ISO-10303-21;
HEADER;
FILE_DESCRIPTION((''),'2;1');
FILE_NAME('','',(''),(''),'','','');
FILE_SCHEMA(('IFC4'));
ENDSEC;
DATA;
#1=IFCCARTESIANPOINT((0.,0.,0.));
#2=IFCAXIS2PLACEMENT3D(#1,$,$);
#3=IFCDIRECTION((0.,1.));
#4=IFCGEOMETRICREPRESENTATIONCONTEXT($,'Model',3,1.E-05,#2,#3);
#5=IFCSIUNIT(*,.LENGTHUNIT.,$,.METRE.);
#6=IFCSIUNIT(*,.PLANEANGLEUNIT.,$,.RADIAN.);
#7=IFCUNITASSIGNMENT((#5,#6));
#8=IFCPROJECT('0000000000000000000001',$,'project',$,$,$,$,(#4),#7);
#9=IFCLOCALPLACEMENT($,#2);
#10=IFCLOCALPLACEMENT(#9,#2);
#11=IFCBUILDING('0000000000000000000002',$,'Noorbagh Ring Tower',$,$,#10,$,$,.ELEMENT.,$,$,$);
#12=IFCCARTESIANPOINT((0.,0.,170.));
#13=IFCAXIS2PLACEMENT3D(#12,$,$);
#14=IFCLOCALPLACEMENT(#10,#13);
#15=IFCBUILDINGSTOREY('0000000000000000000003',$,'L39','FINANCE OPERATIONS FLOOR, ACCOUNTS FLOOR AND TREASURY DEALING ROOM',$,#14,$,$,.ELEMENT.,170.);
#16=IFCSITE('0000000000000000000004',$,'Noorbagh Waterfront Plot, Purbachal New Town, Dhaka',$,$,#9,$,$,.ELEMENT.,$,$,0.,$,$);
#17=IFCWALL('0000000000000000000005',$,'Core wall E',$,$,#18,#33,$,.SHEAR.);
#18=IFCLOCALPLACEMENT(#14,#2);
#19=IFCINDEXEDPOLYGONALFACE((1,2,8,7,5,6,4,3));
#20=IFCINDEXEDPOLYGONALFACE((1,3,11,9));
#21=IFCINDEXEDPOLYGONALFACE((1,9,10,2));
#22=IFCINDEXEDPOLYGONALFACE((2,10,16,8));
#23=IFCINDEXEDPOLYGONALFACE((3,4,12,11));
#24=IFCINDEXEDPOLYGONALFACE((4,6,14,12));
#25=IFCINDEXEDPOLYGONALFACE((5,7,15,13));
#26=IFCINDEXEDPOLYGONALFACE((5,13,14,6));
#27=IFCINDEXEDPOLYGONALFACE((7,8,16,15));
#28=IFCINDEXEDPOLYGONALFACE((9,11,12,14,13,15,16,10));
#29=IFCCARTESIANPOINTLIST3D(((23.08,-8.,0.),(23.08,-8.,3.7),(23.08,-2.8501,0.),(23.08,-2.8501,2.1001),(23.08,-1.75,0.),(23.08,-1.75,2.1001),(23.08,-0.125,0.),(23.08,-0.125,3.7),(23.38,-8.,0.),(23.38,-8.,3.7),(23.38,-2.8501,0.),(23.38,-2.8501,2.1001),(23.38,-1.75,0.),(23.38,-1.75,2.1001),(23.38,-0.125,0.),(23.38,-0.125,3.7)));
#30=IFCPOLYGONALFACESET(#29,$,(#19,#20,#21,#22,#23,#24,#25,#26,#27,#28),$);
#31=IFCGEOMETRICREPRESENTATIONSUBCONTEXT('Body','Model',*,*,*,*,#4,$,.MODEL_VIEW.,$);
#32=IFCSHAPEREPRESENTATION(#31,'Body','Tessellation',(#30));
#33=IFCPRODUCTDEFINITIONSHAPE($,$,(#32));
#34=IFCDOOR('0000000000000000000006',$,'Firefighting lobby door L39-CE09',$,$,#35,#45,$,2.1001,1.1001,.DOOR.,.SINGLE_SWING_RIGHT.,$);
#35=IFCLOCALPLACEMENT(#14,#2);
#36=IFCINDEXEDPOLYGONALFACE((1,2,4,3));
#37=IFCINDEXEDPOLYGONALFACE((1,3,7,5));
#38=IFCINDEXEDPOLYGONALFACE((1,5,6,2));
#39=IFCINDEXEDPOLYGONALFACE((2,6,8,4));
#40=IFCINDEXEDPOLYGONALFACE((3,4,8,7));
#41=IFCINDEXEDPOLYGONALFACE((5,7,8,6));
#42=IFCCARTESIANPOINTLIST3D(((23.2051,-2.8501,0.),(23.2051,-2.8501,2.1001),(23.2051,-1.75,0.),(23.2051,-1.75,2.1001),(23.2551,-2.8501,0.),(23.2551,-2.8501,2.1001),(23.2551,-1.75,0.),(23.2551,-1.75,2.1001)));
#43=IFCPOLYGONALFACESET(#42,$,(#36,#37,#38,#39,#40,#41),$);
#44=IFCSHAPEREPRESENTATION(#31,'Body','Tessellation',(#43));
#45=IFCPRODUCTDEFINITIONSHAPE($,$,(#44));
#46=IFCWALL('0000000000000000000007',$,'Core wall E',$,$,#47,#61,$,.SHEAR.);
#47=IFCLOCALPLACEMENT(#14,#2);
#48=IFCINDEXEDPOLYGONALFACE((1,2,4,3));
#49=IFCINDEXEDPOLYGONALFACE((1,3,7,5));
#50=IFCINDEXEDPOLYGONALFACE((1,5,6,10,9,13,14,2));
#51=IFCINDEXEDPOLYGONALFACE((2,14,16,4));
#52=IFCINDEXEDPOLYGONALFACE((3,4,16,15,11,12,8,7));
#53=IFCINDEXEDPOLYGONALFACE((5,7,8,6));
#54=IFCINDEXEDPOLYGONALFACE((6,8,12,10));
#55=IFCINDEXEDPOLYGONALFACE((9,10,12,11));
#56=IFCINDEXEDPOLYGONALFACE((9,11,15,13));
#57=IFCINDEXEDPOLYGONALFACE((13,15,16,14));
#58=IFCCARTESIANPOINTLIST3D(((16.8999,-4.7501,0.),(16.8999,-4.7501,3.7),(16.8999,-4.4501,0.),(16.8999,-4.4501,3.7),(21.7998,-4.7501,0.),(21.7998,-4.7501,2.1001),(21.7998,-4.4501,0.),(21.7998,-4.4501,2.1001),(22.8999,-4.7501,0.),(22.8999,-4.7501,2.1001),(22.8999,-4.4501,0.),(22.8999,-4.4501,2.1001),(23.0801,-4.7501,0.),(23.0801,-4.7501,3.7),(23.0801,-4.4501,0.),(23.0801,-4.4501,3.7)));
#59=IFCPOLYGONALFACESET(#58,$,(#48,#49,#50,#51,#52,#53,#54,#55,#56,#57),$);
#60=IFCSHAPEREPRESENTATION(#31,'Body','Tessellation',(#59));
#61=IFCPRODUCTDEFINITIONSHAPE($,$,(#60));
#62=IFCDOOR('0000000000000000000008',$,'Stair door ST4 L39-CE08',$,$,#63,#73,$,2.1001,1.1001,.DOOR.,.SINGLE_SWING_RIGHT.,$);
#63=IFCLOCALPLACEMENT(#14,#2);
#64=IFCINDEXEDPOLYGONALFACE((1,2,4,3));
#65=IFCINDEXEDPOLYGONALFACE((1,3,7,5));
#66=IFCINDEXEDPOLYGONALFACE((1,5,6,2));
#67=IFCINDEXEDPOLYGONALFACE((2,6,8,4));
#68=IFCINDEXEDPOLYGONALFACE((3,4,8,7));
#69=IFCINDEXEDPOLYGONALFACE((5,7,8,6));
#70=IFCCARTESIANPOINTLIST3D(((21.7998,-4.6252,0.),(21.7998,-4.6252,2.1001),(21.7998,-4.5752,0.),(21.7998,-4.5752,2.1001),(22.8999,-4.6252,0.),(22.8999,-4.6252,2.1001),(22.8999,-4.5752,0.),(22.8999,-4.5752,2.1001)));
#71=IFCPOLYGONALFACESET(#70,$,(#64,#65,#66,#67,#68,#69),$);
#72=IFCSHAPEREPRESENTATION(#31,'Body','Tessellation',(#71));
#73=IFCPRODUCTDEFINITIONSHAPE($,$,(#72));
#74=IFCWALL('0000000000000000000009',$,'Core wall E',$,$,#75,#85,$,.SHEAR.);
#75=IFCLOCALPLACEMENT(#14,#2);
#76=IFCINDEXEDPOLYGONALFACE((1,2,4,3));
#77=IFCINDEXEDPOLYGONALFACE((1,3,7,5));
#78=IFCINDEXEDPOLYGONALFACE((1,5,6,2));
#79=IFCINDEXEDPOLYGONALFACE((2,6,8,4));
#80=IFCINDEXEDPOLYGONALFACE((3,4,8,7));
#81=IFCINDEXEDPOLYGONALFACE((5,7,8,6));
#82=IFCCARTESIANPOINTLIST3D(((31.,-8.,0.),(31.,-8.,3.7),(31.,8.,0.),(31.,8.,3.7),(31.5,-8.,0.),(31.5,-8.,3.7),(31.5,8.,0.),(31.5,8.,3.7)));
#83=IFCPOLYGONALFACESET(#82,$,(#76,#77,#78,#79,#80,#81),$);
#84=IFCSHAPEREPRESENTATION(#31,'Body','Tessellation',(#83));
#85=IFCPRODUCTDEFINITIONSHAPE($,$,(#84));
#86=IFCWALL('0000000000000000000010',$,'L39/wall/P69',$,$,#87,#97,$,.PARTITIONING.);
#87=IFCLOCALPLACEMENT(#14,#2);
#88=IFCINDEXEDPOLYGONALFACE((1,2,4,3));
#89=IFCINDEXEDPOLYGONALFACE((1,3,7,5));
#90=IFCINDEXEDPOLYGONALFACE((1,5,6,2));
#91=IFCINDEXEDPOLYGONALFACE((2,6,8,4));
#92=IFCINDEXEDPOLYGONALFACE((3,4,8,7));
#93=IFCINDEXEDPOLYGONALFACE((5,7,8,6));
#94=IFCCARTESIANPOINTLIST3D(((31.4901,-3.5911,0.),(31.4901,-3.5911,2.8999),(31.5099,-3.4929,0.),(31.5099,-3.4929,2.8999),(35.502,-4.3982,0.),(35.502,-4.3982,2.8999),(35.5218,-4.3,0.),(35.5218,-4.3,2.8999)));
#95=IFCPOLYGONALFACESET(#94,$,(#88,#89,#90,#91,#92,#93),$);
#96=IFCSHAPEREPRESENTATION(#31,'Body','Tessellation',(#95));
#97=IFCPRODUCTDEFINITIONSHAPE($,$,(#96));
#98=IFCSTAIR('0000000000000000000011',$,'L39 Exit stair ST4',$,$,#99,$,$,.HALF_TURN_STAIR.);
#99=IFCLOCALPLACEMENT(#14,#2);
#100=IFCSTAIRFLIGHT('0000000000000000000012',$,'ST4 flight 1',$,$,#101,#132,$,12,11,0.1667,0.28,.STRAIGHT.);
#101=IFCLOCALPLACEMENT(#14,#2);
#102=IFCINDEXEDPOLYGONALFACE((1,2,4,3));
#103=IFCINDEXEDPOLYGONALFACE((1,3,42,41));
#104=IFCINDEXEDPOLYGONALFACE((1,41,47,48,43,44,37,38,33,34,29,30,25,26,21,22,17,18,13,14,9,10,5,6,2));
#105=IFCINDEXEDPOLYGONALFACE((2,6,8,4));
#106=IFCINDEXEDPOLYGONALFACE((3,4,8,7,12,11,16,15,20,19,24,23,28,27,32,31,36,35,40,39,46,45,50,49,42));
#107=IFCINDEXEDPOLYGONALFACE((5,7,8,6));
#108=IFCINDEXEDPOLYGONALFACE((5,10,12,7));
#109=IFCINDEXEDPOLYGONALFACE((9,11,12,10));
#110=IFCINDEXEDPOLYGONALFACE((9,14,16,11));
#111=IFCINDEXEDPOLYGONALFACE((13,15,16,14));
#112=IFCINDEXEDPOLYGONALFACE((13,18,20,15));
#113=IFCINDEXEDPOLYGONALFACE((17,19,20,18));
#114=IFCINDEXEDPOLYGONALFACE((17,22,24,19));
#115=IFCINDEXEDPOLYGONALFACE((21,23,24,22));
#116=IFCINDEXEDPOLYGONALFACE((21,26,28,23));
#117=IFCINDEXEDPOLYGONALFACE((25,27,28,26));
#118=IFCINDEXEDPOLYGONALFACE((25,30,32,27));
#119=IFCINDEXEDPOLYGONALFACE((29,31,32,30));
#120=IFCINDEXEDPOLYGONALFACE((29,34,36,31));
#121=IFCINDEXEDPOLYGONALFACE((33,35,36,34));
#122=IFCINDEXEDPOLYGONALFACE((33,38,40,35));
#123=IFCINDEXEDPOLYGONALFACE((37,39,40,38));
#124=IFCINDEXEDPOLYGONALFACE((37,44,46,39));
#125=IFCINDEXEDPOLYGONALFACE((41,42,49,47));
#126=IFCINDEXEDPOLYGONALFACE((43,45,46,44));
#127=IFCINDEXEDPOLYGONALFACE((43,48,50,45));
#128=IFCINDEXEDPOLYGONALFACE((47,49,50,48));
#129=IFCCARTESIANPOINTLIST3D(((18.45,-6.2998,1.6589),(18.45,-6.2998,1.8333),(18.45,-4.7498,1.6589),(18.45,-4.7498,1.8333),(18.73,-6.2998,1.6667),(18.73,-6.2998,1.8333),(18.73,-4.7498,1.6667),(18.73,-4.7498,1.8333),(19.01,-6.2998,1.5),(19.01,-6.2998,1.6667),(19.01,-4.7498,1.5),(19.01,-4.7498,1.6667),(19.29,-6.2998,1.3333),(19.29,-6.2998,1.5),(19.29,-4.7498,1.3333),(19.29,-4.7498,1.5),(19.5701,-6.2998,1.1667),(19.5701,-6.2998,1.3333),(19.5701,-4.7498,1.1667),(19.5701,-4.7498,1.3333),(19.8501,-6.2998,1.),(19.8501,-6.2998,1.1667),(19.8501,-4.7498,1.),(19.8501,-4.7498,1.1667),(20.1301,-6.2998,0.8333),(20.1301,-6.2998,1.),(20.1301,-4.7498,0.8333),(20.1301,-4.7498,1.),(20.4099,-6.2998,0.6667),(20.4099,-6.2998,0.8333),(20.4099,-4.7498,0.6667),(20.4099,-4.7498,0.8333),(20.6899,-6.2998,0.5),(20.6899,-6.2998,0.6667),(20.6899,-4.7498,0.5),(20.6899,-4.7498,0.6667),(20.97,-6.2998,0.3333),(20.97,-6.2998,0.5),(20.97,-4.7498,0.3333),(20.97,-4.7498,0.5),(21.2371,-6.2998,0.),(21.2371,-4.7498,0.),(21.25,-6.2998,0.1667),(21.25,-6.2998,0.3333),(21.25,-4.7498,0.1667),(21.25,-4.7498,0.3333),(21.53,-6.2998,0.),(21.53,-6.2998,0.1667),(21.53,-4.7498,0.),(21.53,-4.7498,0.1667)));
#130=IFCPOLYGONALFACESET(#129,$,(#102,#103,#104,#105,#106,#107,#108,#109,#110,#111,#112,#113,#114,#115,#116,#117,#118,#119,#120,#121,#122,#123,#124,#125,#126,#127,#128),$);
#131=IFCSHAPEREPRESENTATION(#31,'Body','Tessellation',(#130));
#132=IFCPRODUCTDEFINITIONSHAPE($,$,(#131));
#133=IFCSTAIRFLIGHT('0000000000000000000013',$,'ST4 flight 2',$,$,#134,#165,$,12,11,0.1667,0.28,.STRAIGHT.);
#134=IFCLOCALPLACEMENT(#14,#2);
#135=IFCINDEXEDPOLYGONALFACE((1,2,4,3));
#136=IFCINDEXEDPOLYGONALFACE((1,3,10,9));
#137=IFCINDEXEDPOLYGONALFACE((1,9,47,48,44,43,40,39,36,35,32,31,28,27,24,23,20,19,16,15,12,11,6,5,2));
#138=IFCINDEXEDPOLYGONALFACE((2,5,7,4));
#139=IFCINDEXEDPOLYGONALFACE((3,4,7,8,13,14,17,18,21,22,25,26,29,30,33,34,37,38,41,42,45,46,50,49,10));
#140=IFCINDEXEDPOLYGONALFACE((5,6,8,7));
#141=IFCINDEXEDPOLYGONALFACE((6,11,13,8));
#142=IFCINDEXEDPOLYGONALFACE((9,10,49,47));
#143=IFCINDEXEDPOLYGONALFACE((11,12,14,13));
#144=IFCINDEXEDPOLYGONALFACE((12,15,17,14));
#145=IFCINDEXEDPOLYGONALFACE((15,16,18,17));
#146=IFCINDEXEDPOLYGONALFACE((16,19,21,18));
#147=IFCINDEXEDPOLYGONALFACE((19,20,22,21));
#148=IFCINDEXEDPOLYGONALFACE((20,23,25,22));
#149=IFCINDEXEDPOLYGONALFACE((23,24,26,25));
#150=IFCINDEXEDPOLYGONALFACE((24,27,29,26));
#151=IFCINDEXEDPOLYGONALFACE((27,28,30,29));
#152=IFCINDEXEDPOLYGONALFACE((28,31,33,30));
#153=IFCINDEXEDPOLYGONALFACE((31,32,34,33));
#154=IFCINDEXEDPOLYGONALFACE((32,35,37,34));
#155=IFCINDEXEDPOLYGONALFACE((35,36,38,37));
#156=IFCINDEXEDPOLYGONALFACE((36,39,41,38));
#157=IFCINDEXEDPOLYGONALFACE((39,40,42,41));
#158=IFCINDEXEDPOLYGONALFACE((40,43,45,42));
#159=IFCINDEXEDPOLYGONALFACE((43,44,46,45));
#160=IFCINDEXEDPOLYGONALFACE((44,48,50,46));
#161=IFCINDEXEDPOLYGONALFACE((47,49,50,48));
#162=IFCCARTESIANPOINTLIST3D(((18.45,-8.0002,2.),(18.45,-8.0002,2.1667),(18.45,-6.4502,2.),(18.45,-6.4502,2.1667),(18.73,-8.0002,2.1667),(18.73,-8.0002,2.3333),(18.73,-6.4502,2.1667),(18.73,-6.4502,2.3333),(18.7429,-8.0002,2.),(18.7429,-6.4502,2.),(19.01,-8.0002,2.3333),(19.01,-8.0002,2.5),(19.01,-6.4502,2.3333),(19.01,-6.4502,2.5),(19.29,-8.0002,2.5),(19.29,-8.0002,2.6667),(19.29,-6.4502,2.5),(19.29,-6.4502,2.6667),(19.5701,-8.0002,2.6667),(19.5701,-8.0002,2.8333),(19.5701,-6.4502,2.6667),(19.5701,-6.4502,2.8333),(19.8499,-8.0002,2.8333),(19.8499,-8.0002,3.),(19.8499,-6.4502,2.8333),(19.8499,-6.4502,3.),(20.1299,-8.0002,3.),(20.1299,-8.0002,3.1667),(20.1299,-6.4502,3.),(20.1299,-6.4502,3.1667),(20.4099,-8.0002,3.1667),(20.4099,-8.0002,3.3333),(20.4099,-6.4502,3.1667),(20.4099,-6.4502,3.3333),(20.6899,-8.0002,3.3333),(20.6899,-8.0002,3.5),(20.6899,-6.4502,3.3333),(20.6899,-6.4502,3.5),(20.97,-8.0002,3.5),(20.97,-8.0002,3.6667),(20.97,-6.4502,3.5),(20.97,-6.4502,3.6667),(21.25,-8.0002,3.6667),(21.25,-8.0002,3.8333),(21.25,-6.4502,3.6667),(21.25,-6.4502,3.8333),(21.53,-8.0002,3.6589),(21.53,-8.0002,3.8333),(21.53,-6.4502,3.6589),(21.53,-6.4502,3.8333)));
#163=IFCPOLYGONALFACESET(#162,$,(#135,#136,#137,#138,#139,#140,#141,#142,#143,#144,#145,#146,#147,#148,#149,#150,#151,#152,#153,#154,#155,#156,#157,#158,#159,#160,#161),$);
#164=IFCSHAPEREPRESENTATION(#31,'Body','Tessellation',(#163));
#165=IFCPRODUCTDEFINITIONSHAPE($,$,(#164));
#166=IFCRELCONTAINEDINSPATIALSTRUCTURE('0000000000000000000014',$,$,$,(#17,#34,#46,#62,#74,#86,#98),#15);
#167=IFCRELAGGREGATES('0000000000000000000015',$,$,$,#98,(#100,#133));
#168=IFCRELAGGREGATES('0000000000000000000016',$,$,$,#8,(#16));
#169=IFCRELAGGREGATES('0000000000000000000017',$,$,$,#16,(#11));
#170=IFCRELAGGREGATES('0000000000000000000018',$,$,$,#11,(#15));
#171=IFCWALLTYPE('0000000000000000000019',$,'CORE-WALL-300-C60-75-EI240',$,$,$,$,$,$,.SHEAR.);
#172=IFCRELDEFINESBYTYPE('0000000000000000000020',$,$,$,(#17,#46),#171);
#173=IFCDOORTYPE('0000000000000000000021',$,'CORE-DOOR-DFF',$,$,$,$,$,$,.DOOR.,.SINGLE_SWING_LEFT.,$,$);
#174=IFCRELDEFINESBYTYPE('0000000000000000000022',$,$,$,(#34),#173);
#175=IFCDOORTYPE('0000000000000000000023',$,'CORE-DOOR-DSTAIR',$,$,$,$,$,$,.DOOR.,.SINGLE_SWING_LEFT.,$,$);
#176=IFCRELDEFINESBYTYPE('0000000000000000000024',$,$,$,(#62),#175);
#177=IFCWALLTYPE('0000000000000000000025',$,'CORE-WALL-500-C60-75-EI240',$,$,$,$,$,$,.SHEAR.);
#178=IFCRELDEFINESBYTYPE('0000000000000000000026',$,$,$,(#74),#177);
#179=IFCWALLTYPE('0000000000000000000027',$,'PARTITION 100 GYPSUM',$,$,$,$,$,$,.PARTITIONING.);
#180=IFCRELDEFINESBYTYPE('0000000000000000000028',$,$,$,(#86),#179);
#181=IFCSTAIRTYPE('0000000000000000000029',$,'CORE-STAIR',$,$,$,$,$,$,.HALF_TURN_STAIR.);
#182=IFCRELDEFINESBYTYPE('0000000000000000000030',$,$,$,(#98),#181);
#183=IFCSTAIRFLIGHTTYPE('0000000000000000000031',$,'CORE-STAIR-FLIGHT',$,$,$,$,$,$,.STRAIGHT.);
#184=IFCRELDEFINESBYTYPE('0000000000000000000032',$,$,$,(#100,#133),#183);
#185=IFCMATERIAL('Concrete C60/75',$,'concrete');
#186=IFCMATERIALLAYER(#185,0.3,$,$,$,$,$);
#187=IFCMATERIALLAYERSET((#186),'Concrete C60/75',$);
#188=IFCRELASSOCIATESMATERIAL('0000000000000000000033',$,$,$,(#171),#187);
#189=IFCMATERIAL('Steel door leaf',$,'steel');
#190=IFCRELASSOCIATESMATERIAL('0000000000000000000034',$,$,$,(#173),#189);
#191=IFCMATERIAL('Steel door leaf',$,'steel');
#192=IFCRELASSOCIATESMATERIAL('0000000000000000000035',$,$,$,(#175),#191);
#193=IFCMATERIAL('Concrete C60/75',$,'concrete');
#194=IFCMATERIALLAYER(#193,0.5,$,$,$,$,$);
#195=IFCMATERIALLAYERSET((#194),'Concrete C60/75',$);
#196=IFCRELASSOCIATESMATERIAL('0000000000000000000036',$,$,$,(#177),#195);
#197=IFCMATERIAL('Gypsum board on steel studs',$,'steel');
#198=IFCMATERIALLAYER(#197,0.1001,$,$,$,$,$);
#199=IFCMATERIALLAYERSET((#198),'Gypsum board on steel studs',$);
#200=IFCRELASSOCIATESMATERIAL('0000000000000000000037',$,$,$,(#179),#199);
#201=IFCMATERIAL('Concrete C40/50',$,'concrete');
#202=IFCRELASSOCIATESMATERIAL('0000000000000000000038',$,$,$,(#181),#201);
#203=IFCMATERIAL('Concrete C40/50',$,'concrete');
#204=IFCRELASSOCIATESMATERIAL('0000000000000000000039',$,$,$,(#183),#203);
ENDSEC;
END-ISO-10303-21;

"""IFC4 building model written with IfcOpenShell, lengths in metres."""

from ifc_helpers import new_model, si_unit, direction, frame, frame_2d, origin, place, context, subcontext, project, spatial, polyline, rectangle, outline, extrude, material, layer, layer_set, type_object, element, fill, aggregate, save


model = new_model("IFC4")

# Units and contexts
model_context = context("Model", 3, precision=1e-05, world=origin(), true_north=direction((0.0, 1.0)))
body_context = subcontext(model_context, "Body", "Model", "MODEL_VIEW")
ifc_project = project(units=[si_unit("LENGTHUNIT", "METRE"), si_unit("PLANEANGLEUNIT", "RADIAN")], contexts=[model_context])

# Site, building, storey
site_placement = place(None, origin())
site = spatial("IfcSite", under=ifc_project, at=site_placement, Name="Noorbagh Waterfront Plot, Purbachal New Town, Dhaka", CompositionType="ELEMENT", RefElevation=0.0)
building_placement = place(site_placement, origin())
building = spatial("IfcBuilding", under=site, at=building_placement, Name="Noorbagh Ring Tower", CompositionType="ELEMENT")
storey_placement = place(building_placement, frame((0.0, 0.0, 170.0)))
storey = spatial("IfcBuildingStorey", under=building, at=storey_placement, Name="L39", Description="FINANCE OPERATIONS FLOOR, ACCOUNTS FLOOR AND TREASURY DEALING ROOM", CompositionType="ELEMENT", Elevation=170.0)

# Shared definitions
ifc_material_1 = material(Name="Concrete C60/75", Category="concrete")
ifc_layer_1 = layer(ifc_material_1, 0.3)
ifc_layer_set_1 = layer_set([ifc_layer_1], Name="Concrete C60/75")
wall_type_1 = type_object("IfcWallType", Name="CORE-WALL-300-C60-75-EI240", PredefinedType="SHEAR", material=ifc_layer_set_1)

# Walls, openings, doors
wall_1_placement = place(storey_placement, frame((23.23, -8.0, 0.0), z_axis=(0.0, 0.0, 1.0), x_axis=(0.0, 1.0, 0.0)))
wall_1 = element("IfcWall", 1, at=wall_1_placement, inside=storey, type_object=wall_type_1, Name="Core wall E", PredefinedType="SHEAR", context=body_context, shape_type="SweptSolid", body=[
    extrude(rectangle(XDim=7.875, YDim=0.3, at=frame_2d((3.9375, 0.0))), origin(), (0.0, 0.0, 1.0), 3.7),
])
opening_1_placement = place(wall_1_placement, frame((5.1499, 0.0, 0.0)))
opening_1 = element("IfcOpeningElement", 2, at=opening_1_placement, cuts=wall_1, PredefinedType="OPENING", context=body_context, shape_type="SweptSolid", body=[
    extrude(rectangle(XDim=1.1001, YDim=2.1001, at=frame_2d((0.55, 1.05))), frame((0.0, 0.1602, 0.0), z_axis=(0.0, -1.0, 0.0), x_axis=(1.0, 0.0, 0.0)), (0.0, 0.0, 1.0), 0.3201),
])
ifc_material_2 = material(Name="Steel door leaf", Category="steel")
door_type_1 = type_object("IfcDoorType", Name="CORE-DOOR-DFF", OperationType="SINGLE_SWING_LEFT", PredefinedType="DOOR", material=ifc_material_2)
door_1_placement = place(opening_1_placement, origin())
door_1 = element("IfcDoor", 3, at=door_1_placement, inside=storey, type_object=door_type_1, Name="Firefighting lobby door L39-CE09", OperationType="SINGLE_SWING_RIGHT", OverallHeight=2.1001, OverallWidth=1.1001, PredefinedType="DOOR", context=body_context, shape_type="SweptSolid", body=[
    extrude(rectangle(XDim=1.1001, YDim=2.1001, at=frame_2d((0.55, 1.05))), frame((0.0, 0.0249, 0.0), z_axis=(0.0, -1.0, 0.0), x_axis=(1.0, 0.0, 0.0)), (0.0, 0.0, 1.0), 0.05),
])
fill(opening_1, door_1)
wall_2_placement = place(storey_placement, frame((16.8999, -4.6001, 0.0), z_axis=(0.0, 0.0, 1.0), x_axis=(1.0, 0.0, 0.0)))
wall_2 = element("IfcWall", 4, at=wall_2_placement, inside=storey, type_object=wall_type_1, Name="Core wall E", PredefinedType="SHEAR", context=body_context, shape_type="SweptSolid", body=[
    extrude(rectangle(XDim=6.1802, YDim=0.3, at=frame_2d((3.0901, 0.0))), origin(), (0.0, 0.0, 1.0), 3.7),
])
opening_2_placement = place(wall_2_placement, frame((4.8999, 0.0, 0.0)))
opening_2 = element("IfcOpeningElement", 5, at=opening_2_placement, cuts=wall_2, PredefinedType="OPENING", context=body_context, shape_type="SweptSolid", body=[
    extrude(rectangle(XDim=1.1001, YDim=2.1001, at=frame_2d((0.55, 1.05))), frame((0.0, 0.1602, 0.0), z_axis=(0.0, -1.0, 0.0), x_axis=(1.0, 0.0, 0.0)), (0.0, 0.0, 1.0), 0.3201),
])
ifc_material_3 = material(Name="Steel door leaf", Category="steel")
door_type_2 = type_object("IfcDoorType", Name="CORE-DOOR-DSTAIR", OperationType="SINGLE_SWING_LEFT", PredefinedType="DOOR", material=ifc_material_3)
door_2_placement = place(opening_2_placement, origin())
door_2 = element("IfcDoor", 6, at=door_2_placement, inside=storey, type_object=door_type_2, Name="Stair door ST4 L39-CE08", OperationType="SINGLE_SWING_RIGHT", OverallHeight=2.1001, OverallWidth=1.1001, PredefinedType="DOOR", context=body_context, shape_type="SweptSolid", body=[
    extrude(rectangle(XDim=1.1001, YDim=2.1001, at=frame_2d((0.55, 1.05))), frame((0.0, 0.0249, 0.0), z_axis=(0.0, -1.0, 0.0), x_axis=(1.0, 0.0, 0.0)), (0.0, 0.0, 1.0), 0.05),
])
fill(opening_2, door_2)

# Walls
ifc_material_4 = material(Name="Concrete C60/75", Category="concrete")
ifc_layer_2 = layer(ifc_material_4, 0.5)
ifc_layer_set_2 = layer_set([ifc_layer_2], Name="Concrete C60/75")
wall_type_2 = type_object("IfcWallType", Name="CORE-WALL-500-C60-75-EI240", PredefinedType="SHEAR", material=ifc_layer_set_2)
wall_3_placement = place(storey_placement, frame((31.25, -8.0, 0.0), z_axis=(0.0, 0.0, 1.0), x_axis=(0.0, 1.0, 0.0)))
element("IfcWall", 7, at=wall_3_placement, inside=storey, type_object=wall_type_2, Name="Core wall E", PredefinedType="SHEAR", context=body_context, shape_type="SweptSolid", body=[
    extrude(rectangle(XDim=16.0, YDim=0.5, at=frame_2d((8.0, 0.0))), origin(), (0.0, 0.0, 1.0), 3.7),
])
ifc_material_5 = material(Name="Gypsum board on steel studs", Category="steel")
ifc_layer_3 = layer(ifc_material_5, 0.1001)
ifc_layer_set_3 = layer_set([ifc_layer_3], Name="Gypsum board on steel studs")
wall_type_3 = type_object("IfcWallType", Name="PARTITION 100 GYPSUM", PredefinedType="PARTITIONING", material=ifc_layer_set_3)
wall_4_placement = place(storey_placement, frame((31.5, -3.542, 0.0), z_axis=(0.0, 0.0, 1.0), x_axis=(0.980357, -0.197229, 0.0)))
element("IfcWall", 8, at=wall_4_placement, inside=storey, type_object=wall_type_3, Name="L39/wall/P69", PredefinedType="PARTITIONING", context=body_context, shape_type="SweptSolid", body=[
    extrude(rectangle(XDim=4.0923, YDim=0.1001, at=frame_2d((2.0461, 0.0))), origin(), (0.0, 0.0, 1.0), 2.8999),
])

# Stair, stair flights
ifc_material_6 = material(Name="Concrete C40/50", Category="concrete")
stair_type = type_object("IfcStairType", Name="CORE-STAIR", PredefinedType="HALF_TURN_STAIR", material=ifc_material_6)
stair_placement = place(storey_placement, origin())
stair = element("IfcStair", 9, at=stair_placement, inside=storey, type_object=stair_type, Name="L39 Exit stair ST4", PredefinedType="HALF_TURN_STAIR")
ifc_material_7 = material(Name="Concrete C40/50", Category="concrete")
stair_flight_type = type_object("IfcStairFlightType", Name="CORE-STAIR-FLIGHT", PredefinedType="STRAIGHT", material=ifc_material_7)
stair_flight_1_placement = place(storey_placement, frame((21.53, -5.5249, 0.0), z_axis=(0.0, 0.0, 1.0), x_axis=(-1.0, 0.0, 0.0)))
stair_flight_1 = element("IfcStairFlight", 10, at=stair_flight_1_placement, type_object=stair_flight_type, Name="ST4 flight 1", NumberOfRisers=12, NumberOfTreads=11, PredefinedType="STRAIGHT", RiserHeight=0.1667, TreadLength=0.28, context=body_context, shape_type="SweptSolid", body=[
    extrude(outline(polyline([(0.0, 0.0), (0.0, 0.1667), (0.28, 0.1667), (0.28, 0.3333), (0.5601, 0.3333), (0.5601, 0.5), (0.8401, 0.5), (0.8401, 0.6667), (1.1201, 0.6667), (1.1201, 0.8333), (1.3999, 0.8333), (1.3999, 1.0), (1.6799, 1.0), (1.6799, 1.1667), (1.96, 1.1667), (1.96, 1.3333), (2.24, 1.3333), (2.24, 1.5), (2.52, 1.5), (2.52, 1.6667), (2.8, 1.6667), (2.8, 1.8333), (3.0801, 1.8333), (3.0801, 2.0), (3.0801, 1.6589), (0.293, 0.0), (0.0, 0.0)])), frame((0.0, 0.7749, 0.0), z_axis=(0.0, -1.0, 0.0), x_axis=(1.0, 0.0, 0.0)), (0.0, 0.0, 1.0), 1.55),
])
stair_flight_2_placement = place(storey_placement, frame((18.45, -7.2251, 2.0), z_axis=(0.0, 0.0, 1.0), x_axis=(1.0, 0.0, 0.0)))
stair_flight_2 = element("IfcStairFlight", 11, at=stair_flight_2_placement, type_object=stair_flight_type, Name="ST4 flight 2", NumberOfRisers=12, NumberOfTreads=11, PredefinedType="STRAIGHT", RiserHeight=0.1667, TreadLength=0.28, context=body_context, shape_type="SweptSolid", body=[
    extrude(outline(polyline([(0.0, 0.0), (0.0, 0.1667), (0.28, 0.1667), (0.28, 0.3333), (0.5601, 0.3333), (0.5601, 0.5), (0.8401, 0.5), (0.8401, 0.6667), (1.1201, 0.6667), (1.1201, 0.8333), (1.3999, 0.8333), (1.3999, 1.0), (1.6799, 1.0), (1.6799, 1.1667), (1.96, 1.1667), (1.96, 1.3333), (2.24, 1.3333), (2.24, 1.5), (2.52, 1.5), (2.52, 1.6667), (2.8, 1.6667), (2.8, 1.8333), (3.0801, 1.8333), (3.0801, 2.0), (3.0801, 1.6589), (0.293, 0.0), (0.0, 0.0)])), frame((0.0, 0.7749, 0.0), z_axis=(0.0, -1.0, 0.0), x_axis=(1.0, 0.0, 0.0)), (0.0, 0.0, 1.0), 1.55),
])
aggregate(stair, [stair_flight_1, stair_flight_2])

save(model, "model.ifc")
